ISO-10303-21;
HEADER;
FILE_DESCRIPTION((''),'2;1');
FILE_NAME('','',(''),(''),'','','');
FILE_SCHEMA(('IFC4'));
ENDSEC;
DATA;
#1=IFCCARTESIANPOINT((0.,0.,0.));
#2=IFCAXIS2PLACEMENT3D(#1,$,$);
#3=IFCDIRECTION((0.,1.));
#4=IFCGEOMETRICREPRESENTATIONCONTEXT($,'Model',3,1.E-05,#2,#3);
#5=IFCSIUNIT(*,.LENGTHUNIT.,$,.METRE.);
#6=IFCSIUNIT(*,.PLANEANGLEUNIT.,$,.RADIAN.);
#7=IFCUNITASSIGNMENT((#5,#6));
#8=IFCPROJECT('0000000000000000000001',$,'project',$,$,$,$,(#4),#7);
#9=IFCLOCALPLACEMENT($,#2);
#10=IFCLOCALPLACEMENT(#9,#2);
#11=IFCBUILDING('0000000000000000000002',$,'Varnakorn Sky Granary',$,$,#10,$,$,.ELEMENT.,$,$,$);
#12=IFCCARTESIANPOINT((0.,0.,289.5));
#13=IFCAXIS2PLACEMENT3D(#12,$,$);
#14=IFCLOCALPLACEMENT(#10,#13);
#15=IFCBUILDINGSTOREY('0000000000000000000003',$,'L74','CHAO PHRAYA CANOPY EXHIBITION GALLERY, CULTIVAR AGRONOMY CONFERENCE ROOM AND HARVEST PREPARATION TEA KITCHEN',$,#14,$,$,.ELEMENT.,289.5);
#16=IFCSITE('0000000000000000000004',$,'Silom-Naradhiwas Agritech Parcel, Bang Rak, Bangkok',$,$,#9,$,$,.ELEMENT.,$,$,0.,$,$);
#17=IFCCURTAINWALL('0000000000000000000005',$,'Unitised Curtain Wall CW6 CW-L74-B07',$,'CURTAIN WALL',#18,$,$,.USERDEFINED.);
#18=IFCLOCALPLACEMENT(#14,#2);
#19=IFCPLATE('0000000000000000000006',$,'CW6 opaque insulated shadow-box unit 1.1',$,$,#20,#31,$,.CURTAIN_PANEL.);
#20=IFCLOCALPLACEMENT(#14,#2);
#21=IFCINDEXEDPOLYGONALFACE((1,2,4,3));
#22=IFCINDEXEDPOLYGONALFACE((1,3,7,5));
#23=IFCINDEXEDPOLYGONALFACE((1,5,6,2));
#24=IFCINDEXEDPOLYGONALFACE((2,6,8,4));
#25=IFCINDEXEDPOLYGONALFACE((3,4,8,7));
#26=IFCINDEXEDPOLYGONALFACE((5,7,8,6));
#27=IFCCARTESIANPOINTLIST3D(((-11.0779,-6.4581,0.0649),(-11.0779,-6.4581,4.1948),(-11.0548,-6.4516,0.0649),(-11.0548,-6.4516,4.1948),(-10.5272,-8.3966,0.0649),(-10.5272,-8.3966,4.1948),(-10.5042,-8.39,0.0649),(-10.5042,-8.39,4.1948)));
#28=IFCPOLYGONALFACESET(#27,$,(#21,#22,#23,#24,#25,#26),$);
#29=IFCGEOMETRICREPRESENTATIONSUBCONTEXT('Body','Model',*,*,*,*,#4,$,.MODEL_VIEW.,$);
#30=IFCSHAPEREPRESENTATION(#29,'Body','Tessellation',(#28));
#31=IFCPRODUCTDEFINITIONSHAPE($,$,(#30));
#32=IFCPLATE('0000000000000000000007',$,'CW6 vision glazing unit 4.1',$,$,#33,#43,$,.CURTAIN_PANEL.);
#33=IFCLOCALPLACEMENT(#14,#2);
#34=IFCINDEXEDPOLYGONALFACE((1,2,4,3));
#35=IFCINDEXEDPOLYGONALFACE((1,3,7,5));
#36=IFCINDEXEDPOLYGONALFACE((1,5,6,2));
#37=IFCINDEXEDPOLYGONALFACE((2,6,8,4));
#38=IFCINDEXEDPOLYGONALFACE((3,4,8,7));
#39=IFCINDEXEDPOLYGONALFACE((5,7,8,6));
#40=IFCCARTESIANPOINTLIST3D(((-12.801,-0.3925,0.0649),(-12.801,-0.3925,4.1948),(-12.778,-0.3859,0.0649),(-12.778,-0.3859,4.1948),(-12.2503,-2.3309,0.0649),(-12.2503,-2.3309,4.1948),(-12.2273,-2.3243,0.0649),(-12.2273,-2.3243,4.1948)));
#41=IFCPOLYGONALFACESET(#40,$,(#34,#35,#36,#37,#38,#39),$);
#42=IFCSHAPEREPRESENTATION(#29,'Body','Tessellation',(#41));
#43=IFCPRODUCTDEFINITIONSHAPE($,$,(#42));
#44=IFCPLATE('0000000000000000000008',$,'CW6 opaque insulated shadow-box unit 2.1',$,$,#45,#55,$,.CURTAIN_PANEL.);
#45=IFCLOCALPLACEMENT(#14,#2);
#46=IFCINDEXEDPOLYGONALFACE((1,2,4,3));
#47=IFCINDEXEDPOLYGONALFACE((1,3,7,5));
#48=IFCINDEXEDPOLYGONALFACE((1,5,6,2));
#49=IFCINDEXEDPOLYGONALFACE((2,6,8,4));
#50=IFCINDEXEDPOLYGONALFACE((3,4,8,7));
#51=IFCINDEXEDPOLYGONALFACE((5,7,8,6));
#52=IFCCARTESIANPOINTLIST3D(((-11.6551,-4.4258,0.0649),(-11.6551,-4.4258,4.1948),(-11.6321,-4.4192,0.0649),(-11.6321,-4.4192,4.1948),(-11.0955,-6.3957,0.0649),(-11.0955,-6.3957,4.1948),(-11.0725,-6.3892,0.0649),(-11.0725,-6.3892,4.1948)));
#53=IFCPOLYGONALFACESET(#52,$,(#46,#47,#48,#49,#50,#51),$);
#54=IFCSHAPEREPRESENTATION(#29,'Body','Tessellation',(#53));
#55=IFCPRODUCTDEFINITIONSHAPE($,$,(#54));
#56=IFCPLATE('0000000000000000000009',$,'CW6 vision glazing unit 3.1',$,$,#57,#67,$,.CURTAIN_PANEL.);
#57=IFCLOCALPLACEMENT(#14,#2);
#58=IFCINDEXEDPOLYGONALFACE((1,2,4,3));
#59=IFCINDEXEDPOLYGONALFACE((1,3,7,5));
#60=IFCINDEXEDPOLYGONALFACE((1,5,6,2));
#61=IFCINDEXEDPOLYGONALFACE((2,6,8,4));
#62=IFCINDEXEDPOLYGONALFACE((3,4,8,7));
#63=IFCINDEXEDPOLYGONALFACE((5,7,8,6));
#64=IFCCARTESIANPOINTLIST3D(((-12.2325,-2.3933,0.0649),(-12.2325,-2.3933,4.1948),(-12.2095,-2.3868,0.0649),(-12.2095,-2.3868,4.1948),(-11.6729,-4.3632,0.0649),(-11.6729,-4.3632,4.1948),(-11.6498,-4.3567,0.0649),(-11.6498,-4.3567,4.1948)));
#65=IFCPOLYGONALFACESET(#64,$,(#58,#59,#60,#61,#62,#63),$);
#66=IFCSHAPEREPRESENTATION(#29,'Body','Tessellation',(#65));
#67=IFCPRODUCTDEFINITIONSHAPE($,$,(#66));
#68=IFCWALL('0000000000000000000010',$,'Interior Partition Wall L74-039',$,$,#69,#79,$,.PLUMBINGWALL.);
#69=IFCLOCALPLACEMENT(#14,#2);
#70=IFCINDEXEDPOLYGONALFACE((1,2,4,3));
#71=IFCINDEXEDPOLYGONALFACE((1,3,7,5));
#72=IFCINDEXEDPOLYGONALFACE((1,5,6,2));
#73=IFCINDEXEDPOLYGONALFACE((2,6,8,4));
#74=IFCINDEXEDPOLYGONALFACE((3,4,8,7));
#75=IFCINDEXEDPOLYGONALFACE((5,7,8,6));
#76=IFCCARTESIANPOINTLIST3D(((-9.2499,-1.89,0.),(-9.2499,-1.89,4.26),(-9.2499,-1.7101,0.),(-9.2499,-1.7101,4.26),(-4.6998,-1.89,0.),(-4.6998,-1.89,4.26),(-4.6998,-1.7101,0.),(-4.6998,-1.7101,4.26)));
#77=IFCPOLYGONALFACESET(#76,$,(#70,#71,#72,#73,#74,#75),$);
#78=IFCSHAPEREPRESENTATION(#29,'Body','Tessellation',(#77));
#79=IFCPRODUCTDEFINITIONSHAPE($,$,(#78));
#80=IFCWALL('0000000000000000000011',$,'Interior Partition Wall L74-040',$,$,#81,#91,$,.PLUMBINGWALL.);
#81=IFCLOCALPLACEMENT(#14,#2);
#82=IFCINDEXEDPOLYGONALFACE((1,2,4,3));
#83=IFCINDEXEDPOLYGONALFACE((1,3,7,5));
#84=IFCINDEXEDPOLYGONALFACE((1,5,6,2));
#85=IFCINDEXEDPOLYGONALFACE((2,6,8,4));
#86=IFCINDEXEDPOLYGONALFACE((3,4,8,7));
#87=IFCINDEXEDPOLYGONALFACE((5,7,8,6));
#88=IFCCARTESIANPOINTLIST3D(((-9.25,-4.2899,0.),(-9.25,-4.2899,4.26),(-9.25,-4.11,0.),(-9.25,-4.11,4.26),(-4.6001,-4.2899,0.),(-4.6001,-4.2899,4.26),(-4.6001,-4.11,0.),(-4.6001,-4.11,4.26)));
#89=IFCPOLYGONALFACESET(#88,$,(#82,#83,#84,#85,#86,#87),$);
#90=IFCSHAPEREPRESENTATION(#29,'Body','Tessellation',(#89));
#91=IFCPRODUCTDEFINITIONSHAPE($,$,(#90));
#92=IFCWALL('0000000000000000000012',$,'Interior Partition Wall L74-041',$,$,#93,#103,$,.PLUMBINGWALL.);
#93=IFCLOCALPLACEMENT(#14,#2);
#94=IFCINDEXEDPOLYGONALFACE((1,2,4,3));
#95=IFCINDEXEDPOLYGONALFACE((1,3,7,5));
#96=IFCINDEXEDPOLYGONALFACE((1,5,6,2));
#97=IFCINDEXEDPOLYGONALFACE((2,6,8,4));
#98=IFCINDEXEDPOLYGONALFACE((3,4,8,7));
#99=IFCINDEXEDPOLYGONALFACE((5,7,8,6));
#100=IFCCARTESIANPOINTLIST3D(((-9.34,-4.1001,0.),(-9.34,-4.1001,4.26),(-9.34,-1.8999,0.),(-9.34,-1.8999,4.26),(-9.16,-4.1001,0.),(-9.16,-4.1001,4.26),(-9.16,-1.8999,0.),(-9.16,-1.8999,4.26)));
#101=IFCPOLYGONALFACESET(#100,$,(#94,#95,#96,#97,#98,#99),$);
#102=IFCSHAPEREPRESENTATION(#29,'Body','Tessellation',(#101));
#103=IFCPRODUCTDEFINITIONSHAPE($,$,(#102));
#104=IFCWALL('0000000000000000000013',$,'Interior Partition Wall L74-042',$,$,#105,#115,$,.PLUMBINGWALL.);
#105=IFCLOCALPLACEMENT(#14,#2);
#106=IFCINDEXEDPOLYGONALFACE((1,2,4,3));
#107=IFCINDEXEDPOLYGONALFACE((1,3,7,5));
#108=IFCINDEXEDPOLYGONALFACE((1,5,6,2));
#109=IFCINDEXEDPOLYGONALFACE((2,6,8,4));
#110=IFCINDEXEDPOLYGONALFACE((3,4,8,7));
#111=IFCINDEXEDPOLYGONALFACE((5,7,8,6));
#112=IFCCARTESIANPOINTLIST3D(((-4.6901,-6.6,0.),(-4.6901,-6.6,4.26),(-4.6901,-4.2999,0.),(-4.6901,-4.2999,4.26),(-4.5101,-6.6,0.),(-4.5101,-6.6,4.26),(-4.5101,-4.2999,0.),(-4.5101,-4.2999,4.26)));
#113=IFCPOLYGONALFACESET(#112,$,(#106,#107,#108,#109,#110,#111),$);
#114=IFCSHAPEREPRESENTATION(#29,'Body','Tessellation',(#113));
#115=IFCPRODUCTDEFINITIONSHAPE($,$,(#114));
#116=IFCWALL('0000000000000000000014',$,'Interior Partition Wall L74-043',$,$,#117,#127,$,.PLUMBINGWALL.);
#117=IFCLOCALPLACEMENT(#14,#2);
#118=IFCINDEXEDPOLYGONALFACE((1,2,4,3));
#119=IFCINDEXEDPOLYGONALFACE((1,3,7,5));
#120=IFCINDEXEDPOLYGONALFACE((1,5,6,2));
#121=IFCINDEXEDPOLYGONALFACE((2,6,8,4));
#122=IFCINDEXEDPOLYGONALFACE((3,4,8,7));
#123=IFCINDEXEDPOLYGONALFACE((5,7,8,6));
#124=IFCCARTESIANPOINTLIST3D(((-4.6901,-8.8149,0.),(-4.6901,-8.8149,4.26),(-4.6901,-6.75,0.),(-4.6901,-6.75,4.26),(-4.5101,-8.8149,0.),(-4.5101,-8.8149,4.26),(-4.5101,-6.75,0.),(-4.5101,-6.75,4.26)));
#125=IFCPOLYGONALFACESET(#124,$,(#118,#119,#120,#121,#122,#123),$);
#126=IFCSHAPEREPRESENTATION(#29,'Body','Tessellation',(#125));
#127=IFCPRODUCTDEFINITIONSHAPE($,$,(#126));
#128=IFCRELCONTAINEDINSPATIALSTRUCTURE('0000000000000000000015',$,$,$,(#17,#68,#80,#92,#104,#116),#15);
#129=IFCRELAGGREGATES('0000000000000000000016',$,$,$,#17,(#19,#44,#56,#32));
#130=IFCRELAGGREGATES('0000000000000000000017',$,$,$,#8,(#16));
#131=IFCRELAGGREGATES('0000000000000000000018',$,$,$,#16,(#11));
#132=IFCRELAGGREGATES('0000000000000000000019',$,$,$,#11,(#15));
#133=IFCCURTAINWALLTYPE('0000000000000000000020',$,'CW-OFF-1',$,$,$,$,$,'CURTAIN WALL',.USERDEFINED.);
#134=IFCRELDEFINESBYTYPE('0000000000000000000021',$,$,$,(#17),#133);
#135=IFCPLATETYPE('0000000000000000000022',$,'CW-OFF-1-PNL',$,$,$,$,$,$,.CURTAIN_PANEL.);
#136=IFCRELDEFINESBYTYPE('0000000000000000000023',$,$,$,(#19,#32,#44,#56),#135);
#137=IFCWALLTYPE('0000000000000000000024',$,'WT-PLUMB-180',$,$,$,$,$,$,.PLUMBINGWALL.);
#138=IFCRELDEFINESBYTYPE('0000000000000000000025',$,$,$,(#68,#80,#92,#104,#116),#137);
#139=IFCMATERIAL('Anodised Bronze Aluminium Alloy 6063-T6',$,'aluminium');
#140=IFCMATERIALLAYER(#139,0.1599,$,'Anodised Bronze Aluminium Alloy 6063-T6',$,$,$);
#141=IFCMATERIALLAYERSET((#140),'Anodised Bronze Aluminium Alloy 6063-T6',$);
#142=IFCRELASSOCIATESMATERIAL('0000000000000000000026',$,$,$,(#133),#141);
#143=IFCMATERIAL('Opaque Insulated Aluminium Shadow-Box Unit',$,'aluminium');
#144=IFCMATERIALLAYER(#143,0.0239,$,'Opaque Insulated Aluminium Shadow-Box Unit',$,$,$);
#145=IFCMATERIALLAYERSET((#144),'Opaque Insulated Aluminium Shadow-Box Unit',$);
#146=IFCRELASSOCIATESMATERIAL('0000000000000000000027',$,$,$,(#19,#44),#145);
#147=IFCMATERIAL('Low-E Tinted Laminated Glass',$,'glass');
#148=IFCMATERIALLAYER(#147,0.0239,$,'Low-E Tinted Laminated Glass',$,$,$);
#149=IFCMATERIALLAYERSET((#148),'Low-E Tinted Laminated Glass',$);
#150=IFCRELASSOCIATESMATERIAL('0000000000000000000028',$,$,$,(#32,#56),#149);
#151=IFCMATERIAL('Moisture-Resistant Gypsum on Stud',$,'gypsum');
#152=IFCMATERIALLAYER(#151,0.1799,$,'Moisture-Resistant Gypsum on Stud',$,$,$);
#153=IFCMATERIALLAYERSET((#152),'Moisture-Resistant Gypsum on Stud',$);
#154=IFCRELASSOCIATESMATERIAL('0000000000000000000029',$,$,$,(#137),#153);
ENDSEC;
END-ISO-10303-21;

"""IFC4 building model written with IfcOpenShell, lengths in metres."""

from ifc_helpers import new_model, si_unit, direction, frame, frame_2d, origin, origin_2d, place, context, subcontext, project, spatial, rectangle, extrude, source, transform, mapped, material, layer, layer_set, type_object, type_shapes, element, aggregate, save


model = new_model("IFC4")

# Units and contexts
model_context = context("Model", 3, precision=1e-05, world=origin(), true_north=direction((0.0, 1.0)))
body_context = subcontext(model_context, "Body", "Model", "MODEL_VIEW")
ifc_project = project(units=[si_unit("LENGTHUNIT", "METRE"), si_unit("PLANEANGLEUNIT", "RADIAN")], contexts=[model_context])

# Site, building, storey
site_placement = place(None, origin())
site = spatial("IfcSite", under=ifc_project, at=site_placement, Name="Silom-Naradhiwas Agritech Parcel, Bang Rak, Bangkok", CompositionType="ELEMENT", RefElevation=0.0)
building_placement = place(site_placement, origin())
building = spatial("IfcBuilding", under=site, at=building_placement, Name="Varnakorn Sky Granary", CompositionType="ELEMENT")
storey_placement = place(building_placement, frame((0.0, 0.0, 289.5)))
storey = spatial("IfcBuildingStorey", under=building, at=storey_placement, Name="L74", Description="CHAO PHRAYA CANOPY EXHIBITION GALLERY, CULTIVAR AGRONOMY CONFERENCE ROOM AND HARVEST PREPARATION TEA KITCHEN", CompositionType="ELEMENT", Elevation=289.5)

# Curtain wall
ifc_material_1 = material(Name="Anodised Bronze Aluminium Alloy 6063-T6", Category="aluminium")
ifc_layer_1 = layer(ifc_material_1, 0.1599, Name="Anodised Bronze Aluminium Alloy 6063-T6")
ifc_layer_set_1 = layer_set([ifc_layer_1], Name="Anodised Bronze Aluminium Alloy 6063-T6")
curtain_wall_type = type_object("IfcCurtainWallType", Name="CW-OFF-1", ElementType="CURTAIN WALL", PredefinedType="USERDEFINED", material=ifc_layer_set_1)
curtain_wall_placement = place(storey_placement, origin())
curtain_wall = element("IfcCurtainWall", 1, at=curtain_wall_placement, inside=storey, type_object=curtain_wall_type, Name="Unitised Curtain Wall CW6 CW-L74-B07", ObjectType="CURTAIN WALL", PredefinedType="USERDEFINED")

# Plates
ifc_material_2 = material(Name="Opaque Insulated Aluminium Shadow-Box Unit", Category="aluminium")
ifc_layer_2 = layer(ifc_material_2, 0.0239, Name="Opaque Insulated Aluminium Shadow-Box Unit")
ifc_layer_set_2 = layer_set([ifc_layer_2], Name="Opaque Insulated Aluminium Shadow-Box Unit")
plate_type = type_object("IfcPlateType", Name="CW-OFF-1-PNL", PredefinedType="CURTAIN_PANEL")
shared_shape_1 = source(origin(), body_context, "Body", "SweptSolid", [
    extrude(rectangle(XDim=2.0151, YDim=0.0239, at=origin_2d()), origin(), (0.0, 0.0, 1.0), 4.1299),
])
plate_1_placement = place(storey_placement, frame((-10.791, -7.4241, 0.0649), z_axis=(0.0, 0.0, 1.0), x_axis=(-0.27327, 0.961937, 0.0)))
plate_1 = element("IfcPlate", 2, at=plate_1_placement, type_object=plate_type, material=ifc_layer_set_2, Name="CW6 opaque insulated shadow-box unit 1.1", PredefinedType="CURTAIN_PANEL", context=body_context, shape_type="MappedRepresentation", body=[
    mapped(shared_shape_1, transform((0.0, 0.0, 0.0), x_axis=(1.0, 0.0, 0.0), y_axis=(0.0, 1.0, 0.0), z_axis=(0.0, 0.0, 1.0), scale=1.0)),
])
ifc_material_3 = material(Name="Low-E Tinted Laminated Glass", Category="glass")
ifc_layer_3 = layer(ifc_material_3, 0.0239, Name="Low-E Tinted Laminated Glass")
ifc_layer_set_3 = layer_set([ifc_layer_3], Name="Low-E Tinted Laminated Glass")
plate_2_placement = place(storey_placement, frame((-12.5142, -1.3584, 0.0649), z_axis=(0.0, 0.0, 1.0), x_axis=(-0.27327, 0.961937, 0.0)))
plate_2 = element("IfcPlate", 3, at=plate_2_placement, type_object=plate_type, material=ifc_layer_set_3, Name="CW6 vision glazing unit 4.1", PredefinedType="CURTAIN_PANEL", context=body_context, shape_type="MappedRepresentation", body=[
    mapped(shared_shape_1, transform((0.0, 0.0, 0.0), x_axis=(1.0, 0.0, 0.0), y_axis=(0.0, 1.0, 0.0), z_axis=(0.0, 0.0, 1.0), scale=1.0)),
])
shared_shape_2 = source(origin(), body_context, "Body", "SweptSolid", [
    extrude(rectangle(XDim=2.0479, YDim=0.0239, at=origin_2d()), origin(), (0.0, 0.0, 1.0), 4.1299),
])
type_shapes(plate_type, [shared_shape_1, shared_shape_2])
plate_3_placement = place(storey_placement, frame((-11.3638, -5.4075, 0.0649), z_axis=(0.0, 0.0, 1.0), x_axis=(-0.27327, 0.961937, 0.0)))
plate_3 = element("IfcPlate", 4, at=plate_3_placement, type_object=plate_type, material=ifc_layer_set_2, Name="CW6 opaque insulated shadow-box unit 2.1", PredefinedType="CURTAIN_PANEL", context=body_context, shape_type="MappedRepresentation", body=[
    mapped(shared_shape_2, transform((0.0, 0.0, 0.0), x_axis=(1.0, 0.0, 0.0), y_axis=(0.0, 1.0, 0.0), z_axis=(0.0, 0.0, 1.0), scale=1.0)),
])
plate_4_placement = place(storey_placement, frame((-11.9412, -3.375, 0.0649), z_axis=(0.0, 0.0, 1.0), x_axis=(-0.27327, 0.961937, 0.0)))
plate_4 = element("IfcPlate", 5, at=plate_4_placement, type_object=plate_type, material=ifc_layer_set_3, Name="CW6 vision glazing unit 3.1", PredefinedType="CURTAIN_PANEL", context=body_context, shape_type="MappedRepresentation", body=[
    mapped(shared_shape_2, transform((0.0, 0.0, 0.0), x_axis=(1.0, 0.0, 0.0), y_axis=(0.0, 1.0, 0.0), z_axis=(0.0, 0.0, 1.0), scale=1.0)),
])
aggregate(curtain_wall, [plate_1, plate_3, plate_4, plate_2])

# Walls
ifc_material_4 = material(Name="Moisture-Resistant Gypsum on Stud", Category="gypsum")
ifc_layer_4 = layer(ifc_material_4, 0.1799, Name="Moisture-Resistant Gypsum on Stud")
ifc_layer_set_4 = layer_set([ifc_layer_4], Name="Moisture-Resistant Gypsum on Stud")
wall_type = type_object("IfcWallType", Name="WT-PLUMB-180", PredefinedType="PLUMBINGWALL", material=ifc_layer_set_4)
wall_1_placement = place(storey_placement, frame((-4.7, -1.8, 0.0), z_axis=(0.0, 0.0, 1.0), x_axis=(-1.0, 0.0, 0.0)))
element("IfcWall", 6, at=wall_1_placement, inside=storey, type_object=wall_type, Name="Interior Partition Wall L74-039", PredefinedType="PLUMBINGWALL", context=body_context, shape_type="SweptSolid", body=[
    extrude(rectangle(XDim=4.55, YDim=0.1799, at=frame_2d((2.2749, 0.0))), origin(), (0.0, 0.0, 1.0), 4.26),
])
wall_2_placement = place(storey_placement, frame((-9.25, -4.2, 0.0), z_axis=(0.0, 0.0, 1.0), x_axis=(1.0, 0.0, 0.0)))
element("IfcWall", 7, at=wall_2_placement, inside=storey, type_object=wall_type, Name="Interior Partition Wall L74-040", PredefinedType="PLUMBINGWALL", context=body_context, shape_type="SweptSolid", body=[
    extrude(rectangle(XDim=4.6499, YDim=0.1799, at=frame_2d((2.325, 0.0))), origin(), (0.0, 0.0, 1.0), 4.26),
])
wall_3_placement = place(storey_placement, frame((-9.25, -1.8999, 0.0), z_axis=(0.0, 0.0, 1.0), x_axis=(0.0, -1.0, 0.0)))
element("IfcWall", 8, at=wall_3_placement, inside=storey, type_object=wall_type, Name="Interior Partition Wall L74-041", PredefinedType="PLUMBINGWALL", context=body_context, shape_type="SweptSolid", body=[
    extrude(rectangle(XDim=2.2002, YDim=0.1799, at=frame_2d((1.1001, 0.0))), origin(), (0.0, 0.0, 1.0), 4.26),
])
wall_4_placement = place(storey_placement, frame((-4.6001, -4.3, 0.0), z_axis=(0.0, 0.0, 1.0), x_axis=(0.0, -1.0, 0.0)))
element("IfcWall", 9, at=wall_4_placement, inside=storey, type_object=wall_type, Name="Interior Partition Wall L74-042", PredefinedType="PLUMBINGWALL", context=body_context, shape_type="SweptSolid", body=[
    extrude(rectangle(XDim=2.3, YDim=0.1799, at=frame_2d((1.1499, 0.0))), origin(), (0.0, 0.0, 1.0), 4.26),
])
wall_5_placement = place(storey_placement, frame((-4.6001, -6.75, 0.0), z_axis=(0.0, 0.0, 1.0), x_axis=(0.0, -1.0, 0.0)))
element("IfcWall", 10, at=wall_5_placement, inside=storey, type_object=wall_type, Name="Interior Partition Wall L74-043", PredefinedType="PLUMBINGWALL", context=body_context, shape_type="SweptSolid", body=[
    extrude(rectangle(XDim=2.0649, YDim=0.1799, at=frame_2d((1.0325, 0.0))), origin(), (0.0, 0.0, 1.0), 4.26),
])

save(model, "model.ifc")
